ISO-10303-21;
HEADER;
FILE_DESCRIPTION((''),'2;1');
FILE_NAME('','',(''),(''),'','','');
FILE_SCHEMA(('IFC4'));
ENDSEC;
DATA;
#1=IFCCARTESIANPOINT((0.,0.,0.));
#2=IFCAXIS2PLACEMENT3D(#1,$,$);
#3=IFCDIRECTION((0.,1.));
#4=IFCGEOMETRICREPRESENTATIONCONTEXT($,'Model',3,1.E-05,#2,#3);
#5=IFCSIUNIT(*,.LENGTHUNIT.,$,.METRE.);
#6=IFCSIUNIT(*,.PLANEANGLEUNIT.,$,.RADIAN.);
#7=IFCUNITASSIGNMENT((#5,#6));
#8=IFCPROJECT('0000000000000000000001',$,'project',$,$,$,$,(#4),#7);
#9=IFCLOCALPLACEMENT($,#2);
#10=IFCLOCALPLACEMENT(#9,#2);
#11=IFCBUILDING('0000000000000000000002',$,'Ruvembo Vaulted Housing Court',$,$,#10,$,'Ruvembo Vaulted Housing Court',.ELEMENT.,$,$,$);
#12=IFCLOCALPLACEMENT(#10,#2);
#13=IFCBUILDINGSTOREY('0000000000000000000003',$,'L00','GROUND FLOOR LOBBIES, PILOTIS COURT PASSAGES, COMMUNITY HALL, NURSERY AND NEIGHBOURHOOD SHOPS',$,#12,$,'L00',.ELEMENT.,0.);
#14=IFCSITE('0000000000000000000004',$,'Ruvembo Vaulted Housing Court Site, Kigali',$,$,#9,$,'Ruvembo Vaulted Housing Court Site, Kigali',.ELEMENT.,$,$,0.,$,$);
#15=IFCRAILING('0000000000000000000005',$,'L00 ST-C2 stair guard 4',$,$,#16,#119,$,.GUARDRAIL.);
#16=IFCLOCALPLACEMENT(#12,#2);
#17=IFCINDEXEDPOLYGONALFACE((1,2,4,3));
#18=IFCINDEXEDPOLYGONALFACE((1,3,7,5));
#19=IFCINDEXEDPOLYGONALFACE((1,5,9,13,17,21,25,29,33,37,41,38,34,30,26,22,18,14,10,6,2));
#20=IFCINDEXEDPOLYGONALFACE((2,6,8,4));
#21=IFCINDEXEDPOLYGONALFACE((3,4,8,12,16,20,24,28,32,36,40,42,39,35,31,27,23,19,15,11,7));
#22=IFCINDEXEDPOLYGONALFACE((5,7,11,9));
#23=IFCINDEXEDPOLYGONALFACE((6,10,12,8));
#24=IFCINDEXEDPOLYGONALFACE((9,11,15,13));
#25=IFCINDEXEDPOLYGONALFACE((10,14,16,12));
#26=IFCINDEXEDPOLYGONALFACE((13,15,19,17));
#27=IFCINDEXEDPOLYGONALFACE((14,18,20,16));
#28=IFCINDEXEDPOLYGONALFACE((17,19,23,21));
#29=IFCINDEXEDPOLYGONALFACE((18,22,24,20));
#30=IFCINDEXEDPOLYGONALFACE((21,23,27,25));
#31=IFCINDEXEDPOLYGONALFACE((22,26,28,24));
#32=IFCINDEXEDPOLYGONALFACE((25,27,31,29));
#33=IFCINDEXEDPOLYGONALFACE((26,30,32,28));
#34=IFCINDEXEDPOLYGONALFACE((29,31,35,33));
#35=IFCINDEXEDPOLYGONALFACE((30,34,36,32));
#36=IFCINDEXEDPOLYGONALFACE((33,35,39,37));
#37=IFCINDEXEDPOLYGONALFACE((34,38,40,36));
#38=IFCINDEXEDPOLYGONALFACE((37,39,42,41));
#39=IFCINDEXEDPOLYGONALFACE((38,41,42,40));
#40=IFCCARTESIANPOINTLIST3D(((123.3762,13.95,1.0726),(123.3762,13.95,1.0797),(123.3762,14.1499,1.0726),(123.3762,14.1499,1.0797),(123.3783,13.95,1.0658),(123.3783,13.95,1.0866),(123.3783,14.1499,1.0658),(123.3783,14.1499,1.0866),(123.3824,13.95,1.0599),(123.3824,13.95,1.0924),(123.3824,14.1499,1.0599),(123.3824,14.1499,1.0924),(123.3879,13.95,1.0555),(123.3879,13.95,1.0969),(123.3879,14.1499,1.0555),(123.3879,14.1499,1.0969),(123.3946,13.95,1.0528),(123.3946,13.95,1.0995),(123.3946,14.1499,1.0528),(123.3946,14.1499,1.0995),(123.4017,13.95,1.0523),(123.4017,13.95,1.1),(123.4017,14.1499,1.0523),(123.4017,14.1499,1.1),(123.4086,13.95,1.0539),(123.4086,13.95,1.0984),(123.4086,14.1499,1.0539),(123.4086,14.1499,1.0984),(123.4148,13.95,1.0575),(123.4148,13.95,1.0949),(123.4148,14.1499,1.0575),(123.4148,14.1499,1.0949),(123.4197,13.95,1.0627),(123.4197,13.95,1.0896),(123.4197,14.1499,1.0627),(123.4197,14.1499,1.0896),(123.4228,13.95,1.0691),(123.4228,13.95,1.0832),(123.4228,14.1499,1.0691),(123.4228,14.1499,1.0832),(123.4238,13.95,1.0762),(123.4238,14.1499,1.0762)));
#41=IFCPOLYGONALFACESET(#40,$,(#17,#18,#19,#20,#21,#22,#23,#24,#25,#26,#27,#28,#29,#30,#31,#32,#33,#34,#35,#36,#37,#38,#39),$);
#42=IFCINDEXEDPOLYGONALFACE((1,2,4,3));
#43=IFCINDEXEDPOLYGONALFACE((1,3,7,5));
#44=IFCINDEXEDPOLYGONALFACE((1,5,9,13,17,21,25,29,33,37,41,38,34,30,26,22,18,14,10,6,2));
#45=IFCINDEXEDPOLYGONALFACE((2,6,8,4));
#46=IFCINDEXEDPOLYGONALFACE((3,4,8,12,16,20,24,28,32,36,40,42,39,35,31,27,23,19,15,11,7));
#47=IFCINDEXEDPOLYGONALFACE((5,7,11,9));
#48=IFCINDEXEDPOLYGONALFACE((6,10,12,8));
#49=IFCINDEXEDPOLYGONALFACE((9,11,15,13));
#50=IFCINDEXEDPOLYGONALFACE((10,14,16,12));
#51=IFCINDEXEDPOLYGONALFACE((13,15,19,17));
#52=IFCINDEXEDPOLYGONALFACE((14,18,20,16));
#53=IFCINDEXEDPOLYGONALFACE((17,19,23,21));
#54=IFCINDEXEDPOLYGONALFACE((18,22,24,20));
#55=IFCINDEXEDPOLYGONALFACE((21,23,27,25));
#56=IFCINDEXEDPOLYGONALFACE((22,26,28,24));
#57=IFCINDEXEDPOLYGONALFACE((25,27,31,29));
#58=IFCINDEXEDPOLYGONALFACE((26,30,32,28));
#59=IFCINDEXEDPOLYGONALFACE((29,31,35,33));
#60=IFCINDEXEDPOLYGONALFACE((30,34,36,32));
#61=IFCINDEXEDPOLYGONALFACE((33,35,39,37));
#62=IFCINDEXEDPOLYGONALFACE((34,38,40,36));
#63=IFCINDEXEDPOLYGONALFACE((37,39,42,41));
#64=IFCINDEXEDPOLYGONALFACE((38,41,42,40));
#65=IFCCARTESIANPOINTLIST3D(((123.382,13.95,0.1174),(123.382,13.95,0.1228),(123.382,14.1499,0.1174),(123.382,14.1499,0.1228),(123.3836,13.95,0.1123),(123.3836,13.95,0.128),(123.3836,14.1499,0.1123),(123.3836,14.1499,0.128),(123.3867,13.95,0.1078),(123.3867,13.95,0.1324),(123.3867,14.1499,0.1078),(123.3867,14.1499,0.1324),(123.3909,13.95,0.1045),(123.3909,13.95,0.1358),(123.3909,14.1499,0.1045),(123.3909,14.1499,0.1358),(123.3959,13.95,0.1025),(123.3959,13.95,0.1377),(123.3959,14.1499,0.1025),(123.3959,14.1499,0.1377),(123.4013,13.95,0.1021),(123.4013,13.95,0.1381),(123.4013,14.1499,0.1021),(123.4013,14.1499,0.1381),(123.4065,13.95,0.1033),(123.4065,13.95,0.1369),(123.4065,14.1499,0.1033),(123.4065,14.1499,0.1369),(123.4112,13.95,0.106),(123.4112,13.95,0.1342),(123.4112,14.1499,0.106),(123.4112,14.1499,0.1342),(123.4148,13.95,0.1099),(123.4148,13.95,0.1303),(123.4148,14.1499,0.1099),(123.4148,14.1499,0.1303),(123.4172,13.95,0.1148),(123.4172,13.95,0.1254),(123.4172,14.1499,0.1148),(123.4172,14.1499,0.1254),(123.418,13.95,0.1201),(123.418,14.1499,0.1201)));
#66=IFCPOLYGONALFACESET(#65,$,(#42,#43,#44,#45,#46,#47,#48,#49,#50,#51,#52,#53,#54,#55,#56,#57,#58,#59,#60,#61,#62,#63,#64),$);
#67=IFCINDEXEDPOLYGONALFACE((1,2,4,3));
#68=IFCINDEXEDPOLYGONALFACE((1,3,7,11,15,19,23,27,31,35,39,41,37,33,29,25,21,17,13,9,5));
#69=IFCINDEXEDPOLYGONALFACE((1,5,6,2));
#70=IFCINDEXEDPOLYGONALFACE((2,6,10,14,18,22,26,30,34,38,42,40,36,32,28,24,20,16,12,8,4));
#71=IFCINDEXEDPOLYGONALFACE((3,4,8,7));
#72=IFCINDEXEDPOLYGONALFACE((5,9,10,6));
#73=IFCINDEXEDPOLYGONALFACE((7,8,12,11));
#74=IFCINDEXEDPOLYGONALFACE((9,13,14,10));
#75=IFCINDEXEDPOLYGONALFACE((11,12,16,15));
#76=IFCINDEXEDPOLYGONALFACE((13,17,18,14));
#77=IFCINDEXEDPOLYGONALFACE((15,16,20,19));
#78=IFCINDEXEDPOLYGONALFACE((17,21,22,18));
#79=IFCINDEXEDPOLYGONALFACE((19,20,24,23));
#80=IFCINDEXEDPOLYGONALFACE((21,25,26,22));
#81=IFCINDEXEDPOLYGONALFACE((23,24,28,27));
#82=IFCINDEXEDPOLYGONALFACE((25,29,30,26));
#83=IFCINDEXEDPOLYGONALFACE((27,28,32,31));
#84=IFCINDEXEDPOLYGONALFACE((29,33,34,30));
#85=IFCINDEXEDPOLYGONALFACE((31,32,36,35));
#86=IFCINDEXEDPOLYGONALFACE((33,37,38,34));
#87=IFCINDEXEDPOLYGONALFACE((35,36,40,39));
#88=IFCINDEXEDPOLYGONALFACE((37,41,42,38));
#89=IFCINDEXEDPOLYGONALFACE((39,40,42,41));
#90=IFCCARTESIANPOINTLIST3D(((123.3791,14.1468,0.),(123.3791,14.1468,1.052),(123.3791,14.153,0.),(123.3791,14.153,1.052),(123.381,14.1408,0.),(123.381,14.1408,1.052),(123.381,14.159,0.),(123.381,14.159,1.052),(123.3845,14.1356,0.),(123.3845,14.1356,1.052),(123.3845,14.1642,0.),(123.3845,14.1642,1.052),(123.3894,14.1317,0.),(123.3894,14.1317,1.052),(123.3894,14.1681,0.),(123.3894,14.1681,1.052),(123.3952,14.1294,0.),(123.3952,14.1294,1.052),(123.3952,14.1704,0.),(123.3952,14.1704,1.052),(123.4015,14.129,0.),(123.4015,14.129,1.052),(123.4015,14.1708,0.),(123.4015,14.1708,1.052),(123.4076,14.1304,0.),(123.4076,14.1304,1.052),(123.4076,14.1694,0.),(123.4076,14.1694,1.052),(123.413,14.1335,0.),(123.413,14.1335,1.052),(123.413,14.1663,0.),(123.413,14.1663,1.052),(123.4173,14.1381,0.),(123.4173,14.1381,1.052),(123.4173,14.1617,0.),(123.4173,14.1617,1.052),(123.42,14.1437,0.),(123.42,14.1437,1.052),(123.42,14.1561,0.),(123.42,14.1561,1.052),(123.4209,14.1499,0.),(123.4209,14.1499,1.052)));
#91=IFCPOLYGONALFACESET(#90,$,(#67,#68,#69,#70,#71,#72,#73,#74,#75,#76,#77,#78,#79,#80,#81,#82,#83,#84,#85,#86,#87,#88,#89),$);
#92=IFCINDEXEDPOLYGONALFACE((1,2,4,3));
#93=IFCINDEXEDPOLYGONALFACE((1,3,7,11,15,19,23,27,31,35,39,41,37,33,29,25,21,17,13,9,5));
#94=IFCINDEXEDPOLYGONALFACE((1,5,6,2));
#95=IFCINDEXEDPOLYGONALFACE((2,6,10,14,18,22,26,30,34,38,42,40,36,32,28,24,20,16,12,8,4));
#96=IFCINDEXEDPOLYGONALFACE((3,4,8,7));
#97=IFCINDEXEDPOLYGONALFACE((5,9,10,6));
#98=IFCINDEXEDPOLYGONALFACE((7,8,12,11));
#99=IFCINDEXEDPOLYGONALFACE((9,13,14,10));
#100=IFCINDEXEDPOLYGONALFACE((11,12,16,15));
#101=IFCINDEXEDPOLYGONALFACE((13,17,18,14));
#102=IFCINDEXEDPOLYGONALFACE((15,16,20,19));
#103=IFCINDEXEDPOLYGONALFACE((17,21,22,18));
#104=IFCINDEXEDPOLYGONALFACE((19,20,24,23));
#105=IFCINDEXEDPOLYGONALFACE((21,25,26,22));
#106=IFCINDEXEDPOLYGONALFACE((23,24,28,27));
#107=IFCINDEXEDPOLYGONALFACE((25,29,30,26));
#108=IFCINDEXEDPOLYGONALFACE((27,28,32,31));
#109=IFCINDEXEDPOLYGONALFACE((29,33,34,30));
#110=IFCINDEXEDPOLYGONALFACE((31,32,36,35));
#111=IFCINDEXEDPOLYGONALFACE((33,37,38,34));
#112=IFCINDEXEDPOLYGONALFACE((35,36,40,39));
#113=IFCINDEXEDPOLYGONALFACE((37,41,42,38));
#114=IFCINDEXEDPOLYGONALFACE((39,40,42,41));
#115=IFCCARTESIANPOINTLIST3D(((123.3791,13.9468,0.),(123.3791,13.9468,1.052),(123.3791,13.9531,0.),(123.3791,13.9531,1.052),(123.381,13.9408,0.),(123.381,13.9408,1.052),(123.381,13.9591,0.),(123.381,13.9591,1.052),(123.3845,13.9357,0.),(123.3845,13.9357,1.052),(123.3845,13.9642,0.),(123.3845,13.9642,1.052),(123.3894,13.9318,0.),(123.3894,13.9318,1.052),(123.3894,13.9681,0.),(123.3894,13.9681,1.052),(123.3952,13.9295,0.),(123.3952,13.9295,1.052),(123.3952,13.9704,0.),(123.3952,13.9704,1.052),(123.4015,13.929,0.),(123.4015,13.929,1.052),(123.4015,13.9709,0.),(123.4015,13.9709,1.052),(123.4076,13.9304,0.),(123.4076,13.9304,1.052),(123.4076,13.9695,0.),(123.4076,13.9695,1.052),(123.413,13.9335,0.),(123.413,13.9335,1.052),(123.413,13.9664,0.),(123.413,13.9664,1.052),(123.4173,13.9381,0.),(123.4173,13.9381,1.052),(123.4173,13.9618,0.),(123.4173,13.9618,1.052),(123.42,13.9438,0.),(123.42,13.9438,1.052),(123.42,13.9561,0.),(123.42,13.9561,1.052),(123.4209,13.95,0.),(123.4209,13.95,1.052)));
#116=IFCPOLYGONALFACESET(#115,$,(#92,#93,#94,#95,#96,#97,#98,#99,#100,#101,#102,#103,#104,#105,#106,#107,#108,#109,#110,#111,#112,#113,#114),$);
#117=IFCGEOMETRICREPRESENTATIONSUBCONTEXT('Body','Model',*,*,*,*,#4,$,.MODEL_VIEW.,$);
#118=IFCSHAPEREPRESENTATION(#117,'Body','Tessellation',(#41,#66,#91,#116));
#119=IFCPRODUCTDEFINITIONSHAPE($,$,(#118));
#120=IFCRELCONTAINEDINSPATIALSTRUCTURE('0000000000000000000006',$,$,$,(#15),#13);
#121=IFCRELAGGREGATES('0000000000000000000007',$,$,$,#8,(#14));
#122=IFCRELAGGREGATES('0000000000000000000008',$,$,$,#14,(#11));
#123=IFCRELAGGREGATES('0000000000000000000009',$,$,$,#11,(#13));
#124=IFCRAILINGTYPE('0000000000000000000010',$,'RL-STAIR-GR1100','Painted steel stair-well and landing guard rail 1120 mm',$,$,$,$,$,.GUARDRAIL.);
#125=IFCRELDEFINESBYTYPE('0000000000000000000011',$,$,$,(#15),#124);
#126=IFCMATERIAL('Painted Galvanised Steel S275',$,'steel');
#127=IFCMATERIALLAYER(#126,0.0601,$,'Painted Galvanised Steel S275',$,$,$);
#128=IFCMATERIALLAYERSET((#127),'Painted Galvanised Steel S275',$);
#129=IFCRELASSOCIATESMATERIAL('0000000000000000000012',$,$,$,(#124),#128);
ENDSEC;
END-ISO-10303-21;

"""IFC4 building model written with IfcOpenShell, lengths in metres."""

from ifc_helpers import new_model, si_unit, direction, frame, origin, origin_2d, place, context, subcontext, project, spatial, circle, extrude, material, layer, layer_set, type_object, element, save


model = new_model("IFC4")

# Units and contexts
model_context = context("Model", 3, precision=1e-05, world=origin(), true_north=direction((0.0, 1.0)))
body_context = subcontext(model_context, "Body", "Model", "MODEL_VIEW")
ifc_project = project(units=[si_unit("LENGTHUNIT", "METRE"), si_unit("PLANEANGLEUNIT", "RADIAN")], contexts=[model_context])

# Site, building, storey
site_placement = place(None, origin())
site = spatial("IfcSite", under=ifc_project, at=site_placement, Name="Ruvembo Vaulted Housing Court Site, Kigali", LongName="Ruvembo Vaulted Housing Court Site, Kigali", CompositionType="ELEMENT", RefElevation=0.0)
building_placement = place(site_placement, origin())
building = spatial("IfcBuilding", under=site, at=building_placement, Name="Ruvembo Vaulted Housing Court", LongName="Ruvembo Vaulted Housing Court", CompositionType="ELEMENT")
storey_placement = place(building_placement, origin())
storey = spatial("IfcBuildingStorey", under=building, at=storey_placement, Name="L00", Description="GROUND FLOOR LOBBIES, PILOTIS COURT PASSAGES, COMMUNITY HALL, NURSERY AND NEIGHBOURHOOD SHOPS", LongName="L00", CompositionType="ELEMENT", Elevation=0.0)

# Railing
ifc_material_1 = material(Name="Painted Galvanised Steel S275", Category="steel")
ifc_layer_1 = layer(ifc_material_1, 0.0601, Name="Painted Galvanised Steel S275")
ifc_layer_set_1 = layer_set([ifc_layer_1], Name="Painted Galvanised Steel S275")
railing_type_1 = type_object("IfcRailingType", Name="RL-STAIR-GR1100", Description="Painted steel stair-well and landing guard rail 1120 mm", PredefinedType="GUARDRAIL", material=ifc_layer_set_1)
railing_1_placement = place(storey_placement, frame((123.3999, 14.1499, 0.0)))
element("IfcRailing", 1, at=railing_1_placement, inside=storey, type_object=railing_type_1, Name="L00 ST-C2 stair guard 4", PredefinedType="GUARDRAIL", context=body_context, shape_type="SweptSolid", body=[
    extrude(circle(Radius=0.0239, at=origin_2d()), frame((0.0, 0.0, 1.0762), z_axis=(0.0, -1.0, 0.0), x_axis=(1.0, 0.0, 0.0)), (0.0, 0.0, 1.0), 0.2),
    extrude(circle(Radius=0.0181, at=origin_2d()), frame((0.0, 0.0, 0.1201), z_axis=(0.0, -1.0, 0.0), x_axis=(1.0, 0.0, 0.0)), (0.0, 0.0, 1.0), 0.2),
    extrude(circle(Radius=0.021, at=origin_2d()), origin(), (0.0, 0.0, 1.0), 1.052),
    extrude(circle(Radius=0.021, at=origin_2d()), frame((0.0, -0.2, 0.0)), (0.0, 0.0, 1.0), 1.052),
])

save(model, "model.ifc")
